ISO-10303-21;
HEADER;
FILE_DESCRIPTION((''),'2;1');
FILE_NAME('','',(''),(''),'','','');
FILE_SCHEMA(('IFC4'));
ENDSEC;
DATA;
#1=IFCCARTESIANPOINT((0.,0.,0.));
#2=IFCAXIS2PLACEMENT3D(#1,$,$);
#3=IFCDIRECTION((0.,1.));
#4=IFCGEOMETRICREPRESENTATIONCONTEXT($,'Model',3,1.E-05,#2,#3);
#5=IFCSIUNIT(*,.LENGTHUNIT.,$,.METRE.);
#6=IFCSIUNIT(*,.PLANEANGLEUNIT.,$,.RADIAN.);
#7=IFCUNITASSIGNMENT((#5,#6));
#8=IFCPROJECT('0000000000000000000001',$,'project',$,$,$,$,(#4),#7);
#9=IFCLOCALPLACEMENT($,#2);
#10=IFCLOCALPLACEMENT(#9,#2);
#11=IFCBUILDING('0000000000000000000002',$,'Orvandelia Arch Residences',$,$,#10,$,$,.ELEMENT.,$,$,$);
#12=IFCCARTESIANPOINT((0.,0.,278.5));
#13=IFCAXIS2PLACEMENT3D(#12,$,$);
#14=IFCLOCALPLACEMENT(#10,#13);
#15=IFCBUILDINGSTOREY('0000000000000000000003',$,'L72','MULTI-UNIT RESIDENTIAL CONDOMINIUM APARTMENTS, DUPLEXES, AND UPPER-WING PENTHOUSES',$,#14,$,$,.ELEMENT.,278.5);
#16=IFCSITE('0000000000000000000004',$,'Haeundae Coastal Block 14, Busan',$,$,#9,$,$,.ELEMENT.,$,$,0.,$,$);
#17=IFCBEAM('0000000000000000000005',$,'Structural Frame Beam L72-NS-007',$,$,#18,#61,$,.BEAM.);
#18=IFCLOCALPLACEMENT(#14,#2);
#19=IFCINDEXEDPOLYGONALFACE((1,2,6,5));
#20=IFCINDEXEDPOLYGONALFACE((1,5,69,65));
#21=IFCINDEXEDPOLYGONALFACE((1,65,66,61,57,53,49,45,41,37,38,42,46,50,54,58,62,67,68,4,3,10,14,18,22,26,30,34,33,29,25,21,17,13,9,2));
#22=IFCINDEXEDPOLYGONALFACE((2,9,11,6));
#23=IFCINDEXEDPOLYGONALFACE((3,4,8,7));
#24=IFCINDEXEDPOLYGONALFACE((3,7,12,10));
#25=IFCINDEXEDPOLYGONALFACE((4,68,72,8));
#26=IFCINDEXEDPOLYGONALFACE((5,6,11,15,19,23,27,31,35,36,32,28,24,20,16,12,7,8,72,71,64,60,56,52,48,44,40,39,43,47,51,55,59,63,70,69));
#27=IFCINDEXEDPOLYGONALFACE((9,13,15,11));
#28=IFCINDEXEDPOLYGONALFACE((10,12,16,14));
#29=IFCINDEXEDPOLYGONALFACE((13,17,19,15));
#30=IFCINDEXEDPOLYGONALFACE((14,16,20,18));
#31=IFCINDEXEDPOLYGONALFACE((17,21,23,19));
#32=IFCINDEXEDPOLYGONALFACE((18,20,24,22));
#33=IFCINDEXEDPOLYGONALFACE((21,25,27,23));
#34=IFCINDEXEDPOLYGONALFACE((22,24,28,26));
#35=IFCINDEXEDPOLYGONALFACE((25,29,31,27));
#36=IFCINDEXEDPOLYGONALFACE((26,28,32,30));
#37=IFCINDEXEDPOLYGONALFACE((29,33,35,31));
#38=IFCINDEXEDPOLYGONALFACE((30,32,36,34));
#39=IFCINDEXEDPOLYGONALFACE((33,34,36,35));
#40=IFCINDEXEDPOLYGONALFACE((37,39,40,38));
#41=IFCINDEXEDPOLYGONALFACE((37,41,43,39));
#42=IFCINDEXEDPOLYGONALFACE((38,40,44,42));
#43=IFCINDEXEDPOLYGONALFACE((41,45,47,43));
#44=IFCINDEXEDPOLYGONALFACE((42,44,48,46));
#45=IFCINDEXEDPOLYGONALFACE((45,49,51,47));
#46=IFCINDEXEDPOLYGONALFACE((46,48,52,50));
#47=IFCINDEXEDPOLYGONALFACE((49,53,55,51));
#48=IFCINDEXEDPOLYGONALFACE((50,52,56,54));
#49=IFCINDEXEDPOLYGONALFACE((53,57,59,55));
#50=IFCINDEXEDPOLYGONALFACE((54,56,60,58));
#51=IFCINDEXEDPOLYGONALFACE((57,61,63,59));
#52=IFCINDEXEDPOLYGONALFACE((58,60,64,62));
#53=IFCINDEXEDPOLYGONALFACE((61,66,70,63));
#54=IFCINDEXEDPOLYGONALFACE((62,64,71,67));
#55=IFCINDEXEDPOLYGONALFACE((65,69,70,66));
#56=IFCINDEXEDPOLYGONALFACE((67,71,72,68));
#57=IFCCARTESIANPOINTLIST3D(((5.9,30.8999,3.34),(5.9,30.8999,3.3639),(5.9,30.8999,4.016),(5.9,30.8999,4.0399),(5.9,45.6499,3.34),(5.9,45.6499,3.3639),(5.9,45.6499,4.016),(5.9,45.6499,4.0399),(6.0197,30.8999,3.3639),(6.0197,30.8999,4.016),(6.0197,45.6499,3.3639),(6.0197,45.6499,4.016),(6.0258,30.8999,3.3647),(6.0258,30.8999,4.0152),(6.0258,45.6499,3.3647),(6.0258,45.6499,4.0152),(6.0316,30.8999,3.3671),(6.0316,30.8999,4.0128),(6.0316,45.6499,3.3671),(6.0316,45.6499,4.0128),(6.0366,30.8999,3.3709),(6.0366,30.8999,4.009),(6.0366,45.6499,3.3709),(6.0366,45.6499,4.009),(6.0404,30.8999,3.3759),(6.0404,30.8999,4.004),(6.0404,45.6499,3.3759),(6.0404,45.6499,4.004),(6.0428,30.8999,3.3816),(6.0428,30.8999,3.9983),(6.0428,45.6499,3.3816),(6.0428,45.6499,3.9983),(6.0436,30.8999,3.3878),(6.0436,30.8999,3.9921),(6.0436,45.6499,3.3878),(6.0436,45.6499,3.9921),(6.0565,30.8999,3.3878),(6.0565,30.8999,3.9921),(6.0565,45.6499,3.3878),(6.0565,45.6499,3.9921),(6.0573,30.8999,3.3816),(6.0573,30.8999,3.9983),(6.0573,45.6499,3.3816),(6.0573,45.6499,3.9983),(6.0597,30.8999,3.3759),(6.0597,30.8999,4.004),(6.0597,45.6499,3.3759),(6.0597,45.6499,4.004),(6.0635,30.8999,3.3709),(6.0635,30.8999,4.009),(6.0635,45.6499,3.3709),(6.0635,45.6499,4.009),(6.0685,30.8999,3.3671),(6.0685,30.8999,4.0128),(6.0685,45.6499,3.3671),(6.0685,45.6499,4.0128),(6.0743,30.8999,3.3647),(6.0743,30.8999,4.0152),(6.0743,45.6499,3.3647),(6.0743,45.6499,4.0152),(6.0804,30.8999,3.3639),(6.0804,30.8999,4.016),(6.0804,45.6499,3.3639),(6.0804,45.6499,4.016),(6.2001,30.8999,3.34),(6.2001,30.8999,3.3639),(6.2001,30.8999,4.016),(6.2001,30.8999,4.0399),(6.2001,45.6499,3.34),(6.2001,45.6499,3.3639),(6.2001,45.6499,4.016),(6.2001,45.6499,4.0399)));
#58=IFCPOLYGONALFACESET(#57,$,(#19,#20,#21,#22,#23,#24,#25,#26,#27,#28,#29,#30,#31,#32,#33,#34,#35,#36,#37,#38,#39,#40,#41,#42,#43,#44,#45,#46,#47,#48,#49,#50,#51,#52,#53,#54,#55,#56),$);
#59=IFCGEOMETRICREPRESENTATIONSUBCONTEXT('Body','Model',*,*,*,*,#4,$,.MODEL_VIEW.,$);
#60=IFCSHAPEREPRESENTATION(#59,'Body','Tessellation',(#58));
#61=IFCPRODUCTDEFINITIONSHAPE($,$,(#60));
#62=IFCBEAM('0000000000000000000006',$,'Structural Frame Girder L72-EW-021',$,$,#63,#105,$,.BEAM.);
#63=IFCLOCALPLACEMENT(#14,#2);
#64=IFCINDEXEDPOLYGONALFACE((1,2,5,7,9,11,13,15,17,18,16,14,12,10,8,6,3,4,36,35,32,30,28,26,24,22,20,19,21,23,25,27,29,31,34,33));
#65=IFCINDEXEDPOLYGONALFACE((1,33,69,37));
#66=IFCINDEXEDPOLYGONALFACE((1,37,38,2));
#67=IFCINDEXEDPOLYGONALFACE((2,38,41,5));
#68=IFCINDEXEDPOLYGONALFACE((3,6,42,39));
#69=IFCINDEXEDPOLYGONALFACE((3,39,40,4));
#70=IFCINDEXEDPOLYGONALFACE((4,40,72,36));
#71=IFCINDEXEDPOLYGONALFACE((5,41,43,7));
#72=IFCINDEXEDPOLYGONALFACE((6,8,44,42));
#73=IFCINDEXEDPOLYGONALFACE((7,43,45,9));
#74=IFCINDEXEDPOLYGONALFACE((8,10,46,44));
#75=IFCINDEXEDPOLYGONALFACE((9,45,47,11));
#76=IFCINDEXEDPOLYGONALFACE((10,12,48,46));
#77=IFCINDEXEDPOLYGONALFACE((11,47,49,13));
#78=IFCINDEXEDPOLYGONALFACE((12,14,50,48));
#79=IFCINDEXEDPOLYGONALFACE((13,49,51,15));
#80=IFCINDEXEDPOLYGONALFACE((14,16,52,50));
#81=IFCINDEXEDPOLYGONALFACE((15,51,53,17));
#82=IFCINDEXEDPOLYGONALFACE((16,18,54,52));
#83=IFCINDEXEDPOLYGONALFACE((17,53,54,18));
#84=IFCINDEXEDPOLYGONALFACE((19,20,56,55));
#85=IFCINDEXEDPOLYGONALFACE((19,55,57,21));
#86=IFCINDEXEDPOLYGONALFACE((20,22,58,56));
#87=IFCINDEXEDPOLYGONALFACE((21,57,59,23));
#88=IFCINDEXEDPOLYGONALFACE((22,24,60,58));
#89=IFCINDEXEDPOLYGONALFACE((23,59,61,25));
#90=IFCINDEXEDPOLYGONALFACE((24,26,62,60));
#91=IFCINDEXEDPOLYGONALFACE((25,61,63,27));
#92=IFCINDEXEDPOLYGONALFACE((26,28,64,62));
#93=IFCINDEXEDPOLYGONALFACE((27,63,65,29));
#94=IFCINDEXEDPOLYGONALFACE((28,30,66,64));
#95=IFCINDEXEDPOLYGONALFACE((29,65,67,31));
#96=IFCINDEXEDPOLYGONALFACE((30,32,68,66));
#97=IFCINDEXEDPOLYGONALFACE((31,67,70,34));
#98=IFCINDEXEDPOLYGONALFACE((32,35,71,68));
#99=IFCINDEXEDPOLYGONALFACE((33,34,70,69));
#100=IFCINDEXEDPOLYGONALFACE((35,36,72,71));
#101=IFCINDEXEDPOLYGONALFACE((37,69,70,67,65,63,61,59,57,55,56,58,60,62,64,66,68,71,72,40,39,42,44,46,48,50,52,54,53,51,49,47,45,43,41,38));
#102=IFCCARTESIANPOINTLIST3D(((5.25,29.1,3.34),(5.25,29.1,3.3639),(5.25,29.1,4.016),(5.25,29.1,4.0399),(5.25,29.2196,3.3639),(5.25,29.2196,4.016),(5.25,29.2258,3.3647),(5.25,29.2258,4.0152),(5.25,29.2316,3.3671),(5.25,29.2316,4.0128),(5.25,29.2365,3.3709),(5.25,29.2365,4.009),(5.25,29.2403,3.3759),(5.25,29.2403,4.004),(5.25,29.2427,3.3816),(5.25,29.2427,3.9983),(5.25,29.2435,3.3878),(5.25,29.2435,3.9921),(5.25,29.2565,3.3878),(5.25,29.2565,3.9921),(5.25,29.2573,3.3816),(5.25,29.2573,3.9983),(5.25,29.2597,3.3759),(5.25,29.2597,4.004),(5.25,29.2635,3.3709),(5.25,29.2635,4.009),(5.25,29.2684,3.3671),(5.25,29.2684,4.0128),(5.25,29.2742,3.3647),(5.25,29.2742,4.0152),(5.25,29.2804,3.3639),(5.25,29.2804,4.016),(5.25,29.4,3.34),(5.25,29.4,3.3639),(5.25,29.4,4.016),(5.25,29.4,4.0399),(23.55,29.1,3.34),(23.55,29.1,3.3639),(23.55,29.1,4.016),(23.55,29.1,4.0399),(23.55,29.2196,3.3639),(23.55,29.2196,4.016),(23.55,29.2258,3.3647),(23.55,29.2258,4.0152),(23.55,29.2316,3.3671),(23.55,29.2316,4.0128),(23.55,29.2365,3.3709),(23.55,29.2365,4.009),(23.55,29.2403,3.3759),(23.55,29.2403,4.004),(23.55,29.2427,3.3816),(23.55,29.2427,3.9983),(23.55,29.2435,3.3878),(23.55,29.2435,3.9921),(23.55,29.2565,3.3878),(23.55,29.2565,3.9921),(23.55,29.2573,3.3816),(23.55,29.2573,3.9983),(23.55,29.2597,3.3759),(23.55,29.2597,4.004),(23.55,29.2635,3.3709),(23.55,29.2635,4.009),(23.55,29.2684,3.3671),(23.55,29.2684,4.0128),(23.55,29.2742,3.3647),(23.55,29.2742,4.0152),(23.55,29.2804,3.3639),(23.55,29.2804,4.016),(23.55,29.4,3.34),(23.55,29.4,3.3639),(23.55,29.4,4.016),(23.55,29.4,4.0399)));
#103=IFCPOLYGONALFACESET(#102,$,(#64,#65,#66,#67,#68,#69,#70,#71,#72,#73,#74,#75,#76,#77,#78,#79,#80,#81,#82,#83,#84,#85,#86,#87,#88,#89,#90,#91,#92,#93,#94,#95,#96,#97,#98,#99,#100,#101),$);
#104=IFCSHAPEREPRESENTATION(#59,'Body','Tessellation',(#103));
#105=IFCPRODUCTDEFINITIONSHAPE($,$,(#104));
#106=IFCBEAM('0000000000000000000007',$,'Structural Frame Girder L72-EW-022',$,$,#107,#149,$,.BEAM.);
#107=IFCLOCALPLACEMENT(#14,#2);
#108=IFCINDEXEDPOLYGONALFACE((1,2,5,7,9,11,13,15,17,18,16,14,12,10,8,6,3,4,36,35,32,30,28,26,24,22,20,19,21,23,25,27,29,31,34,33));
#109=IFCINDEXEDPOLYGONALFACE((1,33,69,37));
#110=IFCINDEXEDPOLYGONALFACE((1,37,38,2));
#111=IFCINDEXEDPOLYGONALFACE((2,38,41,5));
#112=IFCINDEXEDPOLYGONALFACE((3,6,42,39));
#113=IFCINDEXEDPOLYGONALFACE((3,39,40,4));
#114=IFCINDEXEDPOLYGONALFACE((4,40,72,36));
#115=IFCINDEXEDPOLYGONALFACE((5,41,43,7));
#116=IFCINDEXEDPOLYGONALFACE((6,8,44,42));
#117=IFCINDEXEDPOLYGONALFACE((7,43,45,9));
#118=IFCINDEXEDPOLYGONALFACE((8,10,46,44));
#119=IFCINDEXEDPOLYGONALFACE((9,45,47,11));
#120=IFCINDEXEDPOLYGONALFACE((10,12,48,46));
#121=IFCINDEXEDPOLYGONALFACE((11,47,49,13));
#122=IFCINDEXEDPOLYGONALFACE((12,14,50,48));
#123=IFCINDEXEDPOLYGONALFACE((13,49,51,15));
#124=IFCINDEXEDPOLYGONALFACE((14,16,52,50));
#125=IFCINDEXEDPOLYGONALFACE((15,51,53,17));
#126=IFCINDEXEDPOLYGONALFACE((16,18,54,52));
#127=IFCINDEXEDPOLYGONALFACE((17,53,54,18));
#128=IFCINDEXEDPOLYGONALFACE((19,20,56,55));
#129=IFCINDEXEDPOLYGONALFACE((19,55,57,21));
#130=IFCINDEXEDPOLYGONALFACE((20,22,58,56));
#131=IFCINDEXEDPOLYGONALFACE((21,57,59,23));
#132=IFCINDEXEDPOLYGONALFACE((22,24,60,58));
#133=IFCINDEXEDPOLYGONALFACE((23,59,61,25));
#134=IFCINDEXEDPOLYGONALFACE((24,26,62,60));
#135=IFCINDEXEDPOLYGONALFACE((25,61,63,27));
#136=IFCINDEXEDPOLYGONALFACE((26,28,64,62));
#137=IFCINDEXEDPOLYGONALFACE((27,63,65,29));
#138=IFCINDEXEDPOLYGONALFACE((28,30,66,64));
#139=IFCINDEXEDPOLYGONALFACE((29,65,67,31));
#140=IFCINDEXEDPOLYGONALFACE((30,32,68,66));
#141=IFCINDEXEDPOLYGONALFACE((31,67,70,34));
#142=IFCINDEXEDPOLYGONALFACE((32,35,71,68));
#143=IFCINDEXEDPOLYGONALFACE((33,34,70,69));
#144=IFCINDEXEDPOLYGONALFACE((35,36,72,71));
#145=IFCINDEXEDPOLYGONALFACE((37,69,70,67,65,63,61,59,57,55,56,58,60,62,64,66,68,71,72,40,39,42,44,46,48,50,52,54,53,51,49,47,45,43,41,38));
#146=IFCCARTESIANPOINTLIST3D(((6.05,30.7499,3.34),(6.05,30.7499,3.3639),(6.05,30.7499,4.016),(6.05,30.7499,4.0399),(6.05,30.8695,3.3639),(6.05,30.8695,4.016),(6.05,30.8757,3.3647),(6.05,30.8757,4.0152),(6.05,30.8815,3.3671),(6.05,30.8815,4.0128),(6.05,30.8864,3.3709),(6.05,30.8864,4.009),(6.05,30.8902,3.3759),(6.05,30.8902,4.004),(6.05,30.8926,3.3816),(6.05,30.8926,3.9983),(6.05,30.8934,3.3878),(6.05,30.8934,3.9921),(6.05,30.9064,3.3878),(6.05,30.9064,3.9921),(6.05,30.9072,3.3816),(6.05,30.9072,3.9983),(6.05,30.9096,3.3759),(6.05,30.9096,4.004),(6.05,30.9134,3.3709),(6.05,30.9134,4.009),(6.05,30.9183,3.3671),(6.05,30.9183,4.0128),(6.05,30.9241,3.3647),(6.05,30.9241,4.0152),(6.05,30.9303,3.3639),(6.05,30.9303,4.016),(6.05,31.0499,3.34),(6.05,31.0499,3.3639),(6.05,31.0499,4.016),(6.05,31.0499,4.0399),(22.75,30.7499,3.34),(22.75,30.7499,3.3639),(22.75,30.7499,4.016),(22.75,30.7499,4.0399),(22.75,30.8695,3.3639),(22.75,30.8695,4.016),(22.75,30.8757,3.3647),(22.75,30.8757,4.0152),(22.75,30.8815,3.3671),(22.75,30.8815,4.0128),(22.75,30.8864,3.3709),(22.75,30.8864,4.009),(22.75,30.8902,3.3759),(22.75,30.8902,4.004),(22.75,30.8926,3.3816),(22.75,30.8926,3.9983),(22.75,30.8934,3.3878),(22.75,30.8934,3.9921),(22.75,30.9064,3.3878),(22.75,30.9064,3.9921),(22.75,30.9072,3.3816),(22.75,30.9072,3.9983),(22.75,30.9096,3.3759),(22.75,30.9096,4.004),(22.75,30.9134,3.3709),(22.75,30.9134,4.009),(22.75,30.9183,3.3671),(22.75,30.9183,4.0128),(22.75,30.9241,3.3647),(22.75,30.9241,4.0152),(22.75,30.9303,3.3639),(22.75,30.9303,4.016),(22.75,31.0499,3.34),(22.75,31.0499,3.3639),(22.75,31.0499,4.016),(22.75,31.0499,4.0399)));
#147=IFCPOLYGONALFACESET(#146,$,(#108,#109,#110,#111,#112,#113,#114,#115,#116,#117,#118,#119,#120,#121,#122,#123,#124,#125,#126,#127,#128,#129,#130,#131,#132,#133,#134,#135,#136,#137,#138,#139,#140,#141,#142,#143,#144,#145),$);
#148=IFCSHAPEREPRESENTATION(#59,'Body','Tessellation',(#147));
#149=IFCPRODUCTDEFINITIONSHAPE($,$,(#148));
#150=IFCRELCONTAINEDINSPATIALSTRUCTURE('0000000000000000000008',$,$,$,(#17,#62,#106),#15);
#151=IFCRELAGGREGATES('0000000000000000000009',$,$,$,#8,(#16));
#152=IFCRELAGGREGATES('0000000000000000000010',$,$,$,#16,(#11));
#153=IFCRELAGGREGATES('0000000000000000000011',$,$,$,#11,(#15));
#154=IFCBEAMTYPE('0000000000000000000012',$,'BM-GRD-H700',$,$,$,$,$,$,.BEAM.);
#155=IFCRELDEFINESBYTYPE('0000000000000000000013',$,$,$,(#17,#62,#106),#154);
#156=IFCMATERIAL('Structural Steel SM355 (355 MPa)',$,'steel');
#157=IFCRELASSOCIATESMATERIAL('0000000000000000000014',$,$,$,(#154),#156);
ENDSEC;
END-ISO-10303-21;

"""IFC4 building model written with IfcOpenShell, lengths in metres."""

from ifc_helpers import new_model, si_unit, direction, frame, origin, origin_2d, place, context, subcontext, project, spatial, i_section, extrude, material, material_profile, profile_set, type_object, element, save


model = new_model("IFC4")

# Units and contexts
model_context = context("Model", 3, precision=1e-05, world=origin(), true_north=direction((0.0, 1.0)))
body_context = subcontext(model_context, "Body", "Model", "MODEL_VIEW")
ifc_project = project(units=[si_unit("LENGTHUNIT", "METRE"), si_unit("PLANEANGLEUNIT", "RADIAN")], contexts=[model_context])

# Site, building, storey
site_placement = place(None, origin())
site = spatial("IfcSite", under=ifc_project, at=site_placement, Name="Haeundae Coastal Block 14, Busan", CompositionType="ELEMENT", RefElevation=0.0)
building_placement = place(site_placement, origin())
building = spatial("IfcBuilding", under=site, at=building_placement, Name="Orvandelia Arch Residences", CompositionType="ELEMENT")
storey_placement = place(building_placement, frame((0.0, 0.0, 278.5)))
storey = spatial("IfcBuildingStorey", under=building, at=storey_placement, Name="L72", Description="MULTI-UNIT RESIDENTIAL CONDOMINIUM APARTMENTS, DUPLEXES, AND UPPER-WING PENTHOUSES", CompositionType="ELEMENT", Elevation=278.5)

# Beams
ifc_material_1 = material(Name="Structural Steel SM355 (355 MPa)", Category="steel")
ifc_material_profile_1 = material_profile(ifc_material_1, i_section(OverallWidth=0.3, OverallDepth=0.7, WebThickness=0.0129, FlangeThickness=0.0239, FilletRadius=0.0239, at=origin_2d()), Name="Structural Steel SM355 (355 MPa)", Category="steel")
ifc_profile_set_1 = profile_set([ifc_material_profile_1], Name="Structural Steel SM355 (355 MPa)")
beam_type = type_object("IfcBeamType", Name="BM-GRD-H700", PredefinedType="BEAM", material=ifc_profile_set_1)
beam_1_placement = place(storey_placement, frame((6.05, 30.8999, 3.6899), z_axis=(0.0, 1.0, 0.0), x_axis=(-1.0, 0.0, 0.0)))
element("IfcBeam", 1, at=beam_1_placement, inside=storey, type_object=beam_type, Name="Structural Frame Beam L72-NS-007", PredefinedType="BEAM", context=body_context, shape_type="SweptSolid", body=[
    extrude(i_section(OverallWidth=0.3, OverallDepth=0.7, WebThickness=0.0129, FlangeThickness=0.0239, FilletRadius=0.0239, at=origin_2d()), origin(), (0.0, 0.0, 1.0), 14.75),
])
beam_2_placement = place(storey_placement, frame((5.25, 29.25, 3.6899), z_axis=(1.0, 0.0, 0.0), x_axis=(0.0, 1.0, 0.0)))
element("IfcBeam", 2, at=beam_2_placement, inside=storey, type_object=beam_type, Name="Structural Frame Girder L72-EW-021", PredefinedType="BEAM", context=body_context, shape_type="SweptSolid", body=[
    extrude(i_section(OverallWidth=0.3, OverallDepth=0.7, WebThickness=0.0129, FlangeThickness=0.0239, FilletRadius=0.0239, at=origin_2d()), origin(), (0.0, 0.0, 1.0), 18.3),
])
beam_3_placement = place(storey_placement, frame((6.05, 30.8999, 3.6899), z_axis=(1.0, 0.0, 0.0), x_axis=(0.0, 1.0, 0.0)))
element("IfcBeam", 3, at=beam_3_placement, inside=storey, type_object=beam_type, Name="Structural Frame Girder L72-EW-022", PredefinedType="BEAM", context=body_context, shape_type="SweptSolid", body=[
    extrude(i_section(OverallWidth=0.3, OverallDepth=0.7, WebThickness=0.0129, FlangeThickness=0.0239, FilletRadius=0.0239, at=origin_2d()), origin(), (0.0, 0.0, 1.0), 16.7),
])

save(model, "model.ifc")
